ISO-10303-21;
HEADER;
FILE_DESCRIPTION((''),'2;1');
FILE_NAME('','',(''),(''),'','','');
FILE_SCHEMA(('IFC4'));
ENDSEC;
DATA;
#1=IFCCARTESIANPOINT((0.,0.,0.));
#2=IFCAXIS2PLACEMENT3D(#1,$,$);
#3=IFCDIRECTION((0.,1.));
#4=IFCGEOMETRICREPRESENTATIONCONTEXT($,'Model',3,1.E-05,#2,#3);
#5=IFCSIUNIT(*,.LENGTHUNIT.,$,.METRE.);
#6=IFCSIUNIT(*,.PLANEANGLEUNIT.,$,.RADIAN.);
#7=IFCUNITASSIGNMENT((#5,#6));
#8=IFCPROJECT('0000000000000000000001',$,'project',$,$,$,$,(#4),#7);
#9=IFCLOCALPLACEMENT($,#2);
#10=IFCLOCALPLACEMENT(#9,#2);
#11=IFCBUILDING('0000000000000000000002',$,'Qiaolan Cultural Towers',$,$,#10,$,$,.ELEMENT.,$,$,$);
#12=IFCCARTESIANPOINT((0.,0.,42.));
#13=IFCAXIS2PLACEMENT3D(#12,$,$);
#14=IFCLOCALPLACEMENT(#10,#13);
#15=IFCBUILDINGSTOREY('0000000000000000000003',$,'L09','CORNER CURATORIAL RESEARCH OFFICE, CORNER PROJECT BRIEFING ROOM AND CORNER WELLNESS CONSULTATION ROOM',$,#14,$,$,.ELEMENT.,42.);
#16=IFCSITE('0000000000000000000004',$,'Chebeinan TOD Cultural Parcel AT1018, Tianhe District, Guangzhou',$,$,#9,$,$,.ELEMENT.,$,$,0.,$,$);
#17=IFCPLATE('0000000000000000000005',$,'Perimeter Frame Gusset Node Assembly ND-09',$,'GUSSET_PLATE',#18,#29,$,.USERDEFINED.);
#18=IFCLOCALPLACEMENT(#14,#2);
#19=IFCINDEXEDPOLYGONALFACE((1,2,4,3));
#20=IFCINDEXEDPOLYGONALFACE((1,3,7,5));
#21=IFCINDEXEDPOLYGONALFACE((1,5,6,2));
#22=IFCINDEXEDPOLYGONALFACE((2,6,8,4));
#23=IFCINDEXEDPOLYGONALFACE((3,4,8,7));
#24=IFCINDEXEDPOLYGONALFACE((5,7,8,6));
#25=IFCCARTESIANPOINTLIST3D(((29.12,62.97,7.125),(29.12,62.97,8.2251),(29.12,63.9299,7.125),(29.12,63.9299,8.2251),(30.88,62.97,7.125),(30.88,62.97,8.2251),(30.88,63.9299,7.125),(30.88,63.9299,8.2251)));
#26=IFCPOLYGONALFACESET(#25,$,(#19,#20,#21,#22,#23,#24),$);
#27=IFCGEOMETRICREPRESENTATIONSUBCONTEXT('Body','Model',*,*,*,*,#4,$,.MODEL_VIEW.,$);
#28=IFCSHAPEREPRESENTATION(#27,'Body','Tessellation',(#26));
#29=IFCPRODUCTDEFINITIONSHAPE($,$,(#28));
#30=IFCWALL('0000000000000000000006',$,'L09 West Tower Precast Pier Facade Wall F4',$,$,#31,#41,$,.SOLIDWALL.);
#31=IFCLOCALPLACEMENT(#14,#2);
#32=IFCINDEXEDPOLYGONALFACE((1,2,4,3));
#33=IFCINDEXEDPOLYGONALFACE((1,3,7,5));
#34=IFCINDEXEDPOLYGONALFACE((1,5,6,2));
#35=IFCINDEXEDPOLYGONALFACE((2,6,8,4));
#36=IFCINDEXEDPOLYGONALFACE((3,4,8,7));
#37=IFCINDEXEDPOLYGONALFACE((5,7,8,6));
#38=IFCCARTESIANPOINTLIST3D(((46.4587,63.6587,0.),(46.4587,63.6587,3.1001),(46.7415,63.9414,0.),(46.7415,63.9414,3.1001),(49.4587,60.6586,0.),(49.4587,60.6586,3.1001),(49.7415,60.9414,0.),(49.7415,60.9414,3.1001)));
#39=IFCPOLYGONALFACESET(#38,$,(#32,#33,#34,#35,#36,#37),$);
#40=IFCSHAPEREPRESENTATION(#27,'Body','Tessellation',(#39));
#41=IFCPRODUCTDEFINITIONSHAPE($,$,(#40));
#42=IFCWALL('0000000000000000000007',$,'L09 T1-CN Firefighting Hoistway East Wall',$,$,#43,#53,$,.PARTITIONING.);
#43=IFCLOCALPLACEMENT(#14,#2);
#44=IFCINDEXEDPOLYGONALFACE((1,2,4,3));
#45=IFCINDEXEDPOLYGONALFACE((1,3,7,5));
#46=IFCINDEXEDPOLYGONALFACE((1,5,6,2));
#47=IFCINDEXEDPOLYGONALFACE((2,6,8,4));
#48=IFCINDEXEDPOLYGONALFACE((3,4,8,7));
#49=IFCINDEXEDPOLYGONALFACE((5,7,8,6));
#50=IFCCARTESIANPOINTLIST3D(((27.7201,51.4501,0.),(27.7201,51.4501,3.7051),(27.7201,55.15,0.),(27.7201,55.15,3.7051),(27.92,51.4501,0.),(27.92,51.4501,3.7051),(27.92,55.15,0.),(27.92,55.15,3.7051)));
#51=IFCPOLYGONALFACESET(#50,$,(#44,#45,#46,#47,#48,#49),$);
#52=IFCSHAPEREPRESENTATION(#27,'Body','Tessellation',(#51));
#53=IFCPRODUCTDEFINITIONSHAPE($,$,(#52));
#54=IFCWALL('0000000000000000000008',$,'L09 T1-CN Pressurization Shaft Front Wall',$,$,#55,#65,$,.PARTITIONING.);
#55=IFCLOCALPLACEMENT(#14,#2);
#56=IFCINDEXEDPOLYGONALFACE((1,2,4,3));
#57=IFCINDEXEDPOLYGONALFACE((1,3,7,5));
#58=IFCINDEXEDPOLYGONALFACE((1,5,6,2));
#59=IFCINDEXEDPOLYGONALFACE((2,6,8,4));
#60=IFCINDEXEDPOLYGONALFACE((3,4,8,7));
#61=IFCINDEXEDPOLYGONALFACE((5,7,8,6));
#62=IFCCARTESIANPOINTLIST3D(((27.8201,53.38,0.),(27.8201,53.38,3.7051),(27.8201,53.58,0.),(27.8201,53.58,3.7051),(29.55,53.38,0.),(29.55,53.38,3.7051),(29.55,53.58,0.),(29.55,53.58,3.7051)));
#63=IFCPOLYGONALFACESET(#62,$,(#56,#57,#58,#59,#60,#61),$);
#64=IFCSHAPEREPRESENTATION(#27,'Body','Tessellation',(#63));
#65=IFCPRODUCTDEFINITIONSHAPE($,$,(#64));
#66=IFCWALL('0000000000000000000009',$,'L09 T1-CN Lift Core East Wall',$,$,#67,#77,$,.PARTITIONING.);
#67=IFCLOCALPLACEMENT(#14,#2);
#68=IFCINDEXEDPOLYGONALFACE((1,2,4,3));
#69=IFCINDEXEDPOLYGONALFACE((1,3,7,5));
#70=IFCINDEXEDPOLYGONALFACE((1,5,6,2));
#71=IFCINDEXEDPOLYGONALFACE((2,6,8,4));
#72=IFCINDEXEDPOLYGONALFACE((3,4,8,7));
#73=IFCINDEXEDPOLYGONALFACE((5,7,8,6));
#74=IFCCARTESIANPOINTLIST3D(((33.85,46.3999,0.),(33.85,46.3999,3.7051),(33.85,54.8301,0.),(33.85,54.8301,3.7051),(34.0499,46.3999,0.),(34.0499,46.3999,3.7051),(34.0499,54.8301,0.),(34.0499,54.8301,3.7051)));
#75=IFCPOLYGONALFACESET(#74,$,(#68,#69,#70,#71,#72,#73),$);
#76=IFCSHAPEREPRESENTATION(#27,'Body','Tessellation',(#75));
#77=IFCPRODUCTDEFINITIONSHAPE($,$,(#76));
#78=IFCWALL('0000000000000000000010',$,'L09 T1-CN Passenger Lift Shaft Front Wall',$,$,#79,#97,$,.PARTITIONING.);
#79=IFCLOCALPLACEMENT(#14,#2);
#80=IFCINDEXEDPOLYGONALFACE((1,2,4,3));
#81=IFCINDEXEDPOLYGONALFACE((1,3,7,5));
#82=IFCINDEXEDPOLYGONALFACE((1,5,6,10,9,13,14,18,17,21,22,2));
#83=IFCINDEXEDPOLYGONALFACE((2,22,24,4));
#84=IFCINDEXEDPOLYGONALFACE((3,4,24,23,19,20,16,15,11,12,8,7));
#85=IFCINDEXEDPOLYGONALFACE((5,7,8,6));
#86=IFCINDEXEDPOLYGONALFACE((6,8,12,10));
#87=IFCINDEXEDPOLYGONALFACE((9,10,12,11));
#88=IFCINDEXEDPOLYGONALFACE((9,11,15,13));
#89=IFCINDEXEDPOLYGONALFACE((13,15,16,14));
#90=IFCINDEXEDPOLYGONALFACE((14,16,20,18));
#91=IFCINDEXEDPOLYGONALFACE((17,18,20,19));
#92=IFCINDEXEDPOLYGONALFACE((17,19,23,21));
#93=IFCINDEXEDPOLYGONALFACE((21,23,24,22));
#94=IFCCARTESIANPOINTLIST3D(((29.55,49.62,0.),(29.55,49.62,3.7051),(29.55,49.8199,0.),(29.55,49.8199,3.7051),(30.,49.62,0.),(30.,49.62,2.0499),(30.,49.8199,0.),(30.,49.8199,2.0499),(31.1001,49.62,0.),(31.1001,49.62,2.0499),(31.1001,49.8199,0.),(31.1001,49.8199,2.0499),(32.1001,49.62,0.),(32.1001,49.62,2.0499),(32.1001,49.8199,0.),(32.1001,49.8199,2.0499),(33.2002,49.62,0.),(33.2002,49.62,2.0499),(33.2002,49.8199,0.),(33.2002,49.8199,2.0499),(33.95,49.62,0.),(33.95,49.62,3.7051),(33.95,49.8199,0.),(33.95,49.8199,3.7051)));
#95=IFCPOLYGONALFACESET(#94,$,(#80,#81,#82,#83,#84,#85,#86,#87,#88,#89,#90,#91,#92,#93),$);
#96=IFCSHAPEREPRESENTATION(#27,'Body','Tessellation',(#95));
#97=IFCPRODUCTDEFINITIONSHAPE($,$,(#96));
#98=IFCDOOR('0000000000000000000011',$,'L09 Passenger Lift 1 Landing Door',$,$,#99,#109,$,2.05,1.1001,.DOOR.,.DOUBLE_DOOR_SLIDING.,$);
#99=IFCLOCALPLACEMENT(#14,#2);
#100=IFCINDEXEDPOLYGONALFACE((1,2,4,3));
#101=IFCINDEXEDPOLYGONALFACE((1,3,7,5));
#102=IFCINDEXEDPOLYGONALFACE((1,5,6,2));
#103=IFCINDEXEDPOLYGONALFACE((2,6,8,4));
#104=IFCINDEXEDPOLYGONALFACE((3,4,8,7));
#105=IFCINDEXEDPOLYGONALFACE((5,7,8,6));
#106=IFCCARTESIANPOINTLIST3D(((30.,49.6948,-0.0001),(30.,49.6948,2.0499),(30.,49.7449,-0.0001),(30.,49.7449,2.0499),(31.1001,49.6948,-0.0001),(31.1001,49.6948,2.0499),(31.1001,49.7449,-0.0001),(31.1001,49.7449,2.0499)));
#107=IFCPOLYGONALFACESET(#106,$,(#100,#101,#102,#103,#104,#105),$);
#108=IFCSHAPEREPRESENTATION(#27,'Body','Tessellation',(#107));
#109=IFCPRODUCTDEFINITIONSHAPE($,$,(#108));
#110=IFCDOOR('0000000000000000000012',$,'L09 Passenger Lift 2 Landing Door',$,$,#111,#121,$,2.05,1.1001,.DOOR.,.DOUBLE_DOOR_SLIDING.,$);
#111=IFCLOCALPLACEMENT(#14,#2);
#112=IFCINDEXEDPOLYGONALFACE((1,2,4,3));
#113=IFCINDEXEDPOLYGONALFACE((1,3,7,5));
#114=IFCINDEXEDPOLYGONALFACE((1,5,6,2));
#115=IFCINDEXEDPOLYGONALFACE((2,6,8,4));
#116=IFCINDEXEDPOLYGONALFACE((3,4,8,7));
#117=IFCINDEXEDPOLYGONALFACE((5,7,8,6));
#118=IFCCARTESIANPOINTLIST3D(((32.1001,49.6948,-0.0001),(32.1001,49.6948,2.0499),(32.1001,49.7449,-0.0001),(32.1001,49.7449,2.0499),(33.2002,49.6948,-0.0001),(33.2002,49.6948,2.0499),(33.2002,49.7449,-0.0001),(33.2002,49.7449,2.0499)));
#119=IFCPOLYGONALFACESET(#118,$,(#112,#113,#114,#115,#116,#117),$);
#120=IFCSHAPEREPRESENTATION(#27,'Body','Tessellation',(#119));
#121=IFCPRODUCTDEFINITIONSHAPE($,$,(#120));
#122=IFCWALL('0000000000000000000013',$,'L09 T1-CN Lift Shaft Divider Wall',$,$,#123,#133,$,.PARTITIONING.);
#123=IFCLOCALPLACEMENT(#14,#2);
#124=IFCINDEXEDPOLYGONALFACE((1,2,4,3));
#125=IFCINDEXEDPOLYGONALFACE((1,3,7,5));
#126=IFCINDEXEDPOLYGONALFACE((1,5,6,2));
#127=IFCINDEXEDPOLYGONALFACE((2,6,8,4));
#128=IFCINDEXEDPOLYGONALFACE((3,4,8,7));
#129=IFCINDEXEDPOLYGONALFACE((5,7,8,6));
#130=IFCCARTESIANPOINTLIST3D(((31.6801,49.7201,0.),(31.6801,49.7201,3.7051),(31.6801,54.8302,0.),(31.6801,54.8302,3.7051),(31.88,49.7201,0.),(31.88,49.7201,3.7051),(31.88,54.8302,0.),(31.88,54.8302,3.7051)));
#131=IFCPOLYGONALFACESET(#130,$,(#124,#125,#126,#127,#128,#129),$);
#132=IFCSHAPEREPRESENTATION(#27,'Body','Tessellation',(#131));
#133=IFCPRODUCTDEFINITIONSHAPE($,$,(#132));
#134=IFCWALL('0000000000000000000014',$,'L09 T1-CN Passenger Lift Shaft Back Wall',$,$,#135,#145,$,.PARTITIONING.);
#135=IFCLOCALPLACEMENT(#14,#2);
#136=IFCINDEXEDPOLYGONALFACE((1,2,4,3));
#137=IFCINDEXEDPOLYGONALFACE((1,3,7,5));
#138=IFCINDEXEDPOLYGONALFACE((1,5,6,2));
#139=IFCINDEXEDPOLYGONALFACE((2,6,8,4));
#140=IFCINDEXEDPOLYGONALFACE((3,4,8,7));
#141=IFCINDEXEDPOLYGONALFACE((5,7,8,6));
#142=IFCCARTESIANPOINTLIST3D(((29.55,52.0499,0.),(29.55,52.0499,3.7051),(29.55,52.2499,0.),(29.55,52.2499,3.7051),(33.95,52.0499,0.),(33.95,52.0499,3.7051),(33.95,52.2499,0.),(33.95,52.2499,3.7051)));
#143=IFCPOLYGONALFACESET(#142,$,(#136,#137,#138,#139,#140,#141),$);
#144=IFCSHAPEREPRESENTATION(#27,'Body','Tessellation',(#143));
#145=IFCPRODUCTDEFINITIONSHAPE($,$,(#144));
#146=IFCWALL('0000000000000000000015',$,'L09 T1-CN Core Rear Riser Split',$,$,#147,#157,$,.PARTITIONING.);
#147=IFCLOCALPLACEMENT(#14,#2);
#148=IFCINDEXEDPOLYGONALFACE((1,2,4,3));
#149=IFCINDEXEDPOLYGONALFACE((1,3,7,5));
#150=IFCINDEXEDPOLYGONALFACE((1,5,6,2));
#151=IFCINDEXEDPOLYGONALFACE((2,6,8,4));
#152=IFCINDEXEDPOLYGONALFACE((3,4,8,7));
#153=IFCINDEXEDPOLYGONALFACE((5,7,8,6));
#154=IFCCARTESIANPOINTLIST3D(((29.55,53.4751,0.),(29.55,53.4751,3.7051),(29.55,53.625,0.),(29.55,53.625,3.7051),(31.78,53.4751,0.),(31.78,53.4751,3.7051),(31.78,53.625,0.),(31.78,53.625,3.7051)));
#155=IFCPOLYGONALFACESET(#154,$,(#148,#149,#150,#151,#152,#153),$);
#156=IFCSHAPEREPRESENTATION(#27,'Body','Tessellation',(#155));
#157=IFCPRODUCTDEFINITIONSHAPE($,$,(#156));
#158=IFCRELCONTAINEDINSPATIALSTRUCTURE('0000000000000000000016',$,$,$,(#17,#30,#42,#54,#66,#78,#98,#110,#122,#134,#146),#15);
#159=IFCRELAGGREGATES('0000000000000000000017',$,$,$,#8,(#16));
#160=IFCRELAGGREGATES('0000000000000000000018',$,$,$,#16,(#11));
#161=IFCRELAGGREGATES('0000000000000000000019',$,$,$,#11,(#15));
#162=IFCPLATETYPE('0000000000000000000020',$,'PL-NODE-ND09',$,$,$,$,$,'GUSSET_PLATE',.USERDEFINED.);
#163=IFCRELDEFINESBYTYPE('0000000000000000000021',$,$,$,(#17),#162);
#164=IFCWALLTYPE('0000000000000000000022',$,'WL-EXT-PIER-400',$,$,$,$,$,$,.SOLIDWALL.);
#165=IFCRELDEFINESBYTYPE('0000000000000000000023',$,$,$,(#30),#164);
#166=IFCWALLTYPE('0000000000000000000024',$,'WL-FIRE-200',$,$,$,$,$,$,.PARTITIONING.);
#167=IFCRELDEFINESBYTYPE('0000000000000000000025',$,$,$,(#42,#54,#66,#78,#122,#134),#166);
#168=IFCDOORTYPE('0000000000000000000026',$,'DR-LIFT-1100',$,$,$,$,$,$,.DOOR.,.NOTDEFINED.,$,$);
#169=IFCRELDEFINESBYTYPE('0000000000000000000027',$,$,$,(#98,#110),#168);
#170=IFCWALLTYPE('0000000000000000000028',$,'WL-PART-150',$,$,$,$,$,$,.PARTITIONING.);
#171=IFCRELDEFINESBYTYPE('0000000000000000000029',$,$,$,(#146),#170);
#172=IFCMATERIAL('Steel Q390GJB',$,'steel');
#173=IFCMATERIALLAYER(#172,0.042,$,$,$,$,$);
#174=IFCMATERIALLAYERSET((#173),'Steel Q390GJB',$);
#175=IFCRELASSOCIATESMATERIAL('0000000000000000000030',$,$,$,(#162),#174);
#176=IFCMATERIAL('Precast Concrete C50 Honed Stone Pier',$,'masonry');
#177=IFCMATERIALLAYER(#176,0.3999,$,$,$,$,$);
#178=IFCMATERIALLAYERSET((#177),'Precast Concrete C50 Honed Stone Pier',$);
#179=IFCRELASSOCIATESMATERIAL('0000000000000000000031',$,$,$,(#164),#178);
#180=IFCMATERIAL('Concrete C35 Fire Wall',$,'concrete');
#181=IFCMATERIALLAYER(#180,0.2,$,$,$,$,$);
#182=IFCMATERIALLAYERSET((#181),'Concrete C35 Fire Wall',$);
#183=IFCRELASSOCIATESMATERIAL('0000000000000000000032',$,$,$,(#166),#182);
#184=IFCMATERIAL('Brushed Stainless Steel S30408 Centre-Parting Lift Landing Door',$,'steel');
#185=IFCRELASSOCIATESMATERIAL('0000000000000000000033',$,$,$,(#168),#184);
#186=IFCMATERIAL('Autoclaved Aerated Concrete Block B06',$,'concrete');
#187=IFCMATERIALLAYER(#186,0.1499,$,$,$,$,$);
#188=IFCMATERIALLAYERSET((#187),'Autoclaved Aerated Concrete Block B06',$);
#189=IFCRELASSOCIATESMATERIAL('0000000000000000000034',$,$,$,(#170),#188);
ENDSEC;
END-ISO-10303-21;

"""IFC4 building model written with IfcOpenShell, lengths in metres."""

from ifc_helpers import new_model, si_unit, direction, frame, frame_2d, origin, origin_2d, place, context, subcontext, project, spatial, rectangle, extrude, material, layer, layer_set, type_object, element, fill, save


model = new_model("IFC4")

# Units and contexts
model_context = context("Model", 3, precision=1e-05, world=origin(), true_north=direction((0.0, 1.0)))
body_context = subcontext(model_context, "Body", "Model", "MODEL_VIEW")
ifc_project = project(units=[si_unit("LENGTHUNIT", "METRE"), si_unit("PLANEANGLEUNIT", "RADIAN")], contexts=[model_context])

# Site, building, storey
site_placement = place(None, origin())
site = spatial("IfcSite", under=ifc_project, at=site_placement, Name="Chebeinan TOD Cultural Parcel AT1018, Tianhe District, Guangzhou", CompositionType="ELEMENT", RefElevation=0.0)
building_placement = place(site_placement, origin())
building = spatial("IfcBuilding", under=site, at=building_placement, Name="Qiaolan Cultural Towers", CompositionType="ELEMENT")
storey_placement = place(building_placement, frame((0.0, 0.0, 42.0)))
storey = spatial("IfcBuildingStorey", under=building, at=storey_placement, Name="L09", Description="CORNER CURATORIAL RESEARCH OFFICE, CORNER PROJECT BRIEFING ROOM AND CORNER WELLNESS CONSULTATION ROOM", CompositionType="ELEMENT", Elevation=42.0)

# Plate
ifc_material_1 = material(Name="Steel Q390GJB", Category="steel")
ifc_layer_1 = layer(ifc_material_1, 0.042)
ifc_layer_set_1 = layer_set([ifc_layer_1], Name="Steel Q390GJB")
plate_type_1 = type_object("IfcPlateType", Name="PL-NODE-ND09", ElementType="GUSSET_PLATE", PredefinedType="USERDEFINED", material=ifc_layer_set_1)
plate_1_placement = place(storey_placement, frame((30.0, 63.45, 7.125), z_axis=(0.0, 0.0, 1.0), x_axis=(1.0, 0.0, 0.0)))
element("IfcPlate", 1, at=plate_1_placement, inside=storey, type_object=plate_type_1, Name="Perimeter Frame Gusset Node Assembly ND-09", ObjectType="GUSSET_PLATE", PredefinedType="USERDEFINED", context=body_context, shape_type="SweptSolid", body=[
    extrude(rectangle(XDim=1.76, YDim=0.96, at=origin_2d()), origin(), (0.0, 0.0, 1.0), 1.1001),
])

# Walls
ifc_material_2 = material(Name="Precast Concrete C50 Honed Stone Pier", Category="masonry")
ifc_layer_2 = layer(ifc_material_2, 0.3999)
ifc_layer_set_2 = layer_set([ifc_layer_2], Name="Precast Concrete C50 Honed Stone Pier")
wall_type_1 = type_object("IfcWallType", Name="WL-EXT-PIER-400", PredefinedType="SOLIDWALL", material=ifc_layer_set_2)
wall_1_placement = place(storey_placement, frame((46.6001, 63.8, 0.0), z_axis=(0.0, 0.0, 1.0), x_axis=(0.707107, -0.707107, 0.0)))
element("IfcWall", 2, at=wall_1_placement, inside=storey, type_object=wall_type_1, Name="L09 West Tower Precast Pier Facade Wall F4", PredefinedType="SOLIDWALL", context=body_context, shape_type="SweptSolid", body=[
    extrude(rectangle(XDim=4.2427, YDim=0.3999, at=frame_2d((2.1213, 0.0))), origin(), (0.0, 0.0, 1.0), 3.1001),
])
ifc_material_3 = material(Name="Concrete C35 Fire Wall", Category="concrete")
ifc_layer_3 = layer(ifc_material_3, 0.2)
ifc_layer_set_3 = layer_set([ifc_layer_3], Name="Concrete C35 Fire Wall")
wall_type_2 = type_object("IfcWallType", Name="WL-FIRE-200", PredefinedType="PARTITIONING", material=ifc_layer_set_3)
wall_2_placement = place(storey_placement, frame((27.8201, 51.45, 0.0), z_axis=(0.0, 0.0, 1.0), x_axis=(0.0, 1.0, 0.0)))
element("IfcWall", 3, at=wall_2_placement, inside=storey, type_object=wall_type_2, Name="L09 T1-CN Firefighting Hoistway East Wall", PredefinedType="PARTITIONING", context=body_context, shape_type="SweptSolid", body=[
    extrude(rectangle(XDim=3.7, YDim=0.2, at=frame_2d((1.8501, 0.0))), origin(), (0.0, 0.0, 1.0), 3.7051),
])
wall_3_placement = place(storey_placement, frame((27.8201, 53.48, 0.0), z_axis=(0.0, 0.0, 1.0), x_axis=(1.0, 0.0, 0.0)))
element("IfcWall", 4, at=wall_3_placement, inside=storey, type_object=wall_type_2, Name="L09 T1-CN Pressurization Shaft Front Wall", PredefinedType="PARTITIONING", context=body_context, shape_type="SweptSolid", body=[
    extrude(rectangle(XDim=1.73, YDim=0.2, at=frame_2d((0.865, 0.0))), origin(), (0.0, 0.0, 1.0), 3.7051),
])
wall_4_placement = place(storey_placement, frame((33.95, 46.3999, 0.0), z_axis=(0.0, 0.0, 1.0), x_axis=(0.0, 1.0, 0.0)))
element("IfcWall", 5, at=wall_4_placement, inside=storey, type_object=wall_type_2, Name="L09 T1-CN Lift Core East Wall", PredefinedType="PARTITIONING", context=body_context, shape_type="SweptSolid", body=[
    extrude(rectangle(XDim=8.4302, YDim=0.2, at=frame_2d((4.2151, 0.0))), origin(), (0.0, 0.0, 1.0), 3.7051),
])

# Wall, openings, doors
wall_5_placement = place(storey_placement, frame((29.55, 49.72, 0.0), z_axis=(0.0, 0.0, 1.0), x_axis=(1.0, 0.0, 0.0)))
wall_5 = element("IfcWall", 6, at=wall_5_placement, inside=storey, type_object=wall_type_2, Name="L09 T1-CN Passenger Lift Shaft Front Wall", PredefinedType="PARTITIONING", context=body_context, shape_type="SweptSolid", body=[
    extrude(rectangle(XDim=4.3999, YDim=0.2, at=frame_2d((2.2, 0.0))), origin(), (0.0, 0.0, 1.0), 3.7051),
])
opening_1_placement = place(wall_5_placement, frame((0.45, 0.0, 0.0)))
opening_1 = element("IfcOpeningElement", 7, at=opening_1_placement, cuts=wall_5, PredefinedType="OPENING", context=body_context, shape_type="SweptSolid", body=[
    extrude(rectangle(XDim=1.1001, YDim=2.05, at=frame_2d((0.55, 1.0249))), frame((0.0, 0.1099, 0.0), z_axis=(0.0, -1.0, 0.0), x_axis=(1.0, 0.0, 0.0)), (0.0, 0.0, 1.0), 0.22),
])
opening_2_placement = place(wall_5_placement, frame((2.55, 0.0, 0.0)))
opening_2 = element("IfcOpeningElement", 8, at=opening_2_placement, cuts=wall_5, PredefinedType="OPENING", context=body_context, shape_type="SweptSolid", body=[
    extrude(rectangle(XDim=1.1001, YDim=2.05, at=frame_2d((0.55, 1.0249))), frame((0.0, 0.1099, 0.0), z_axis=(0.0, -1.0, 0.0), x_axis=(1.0, 0.0, 0.0)), (0.0, 0.0, 1.0), 0.22),
])
ifc_material_4 = material(Name="Brushed Stainless Steel S30408 Centre-Parting Lift Landing Door", Category="steel")
door_type_1 = type_object("IfcDoorType", Name="DR-LIFT-1100", OperationType="NOTDEFINED", PredefinedType="DOOR", material=ifc_material_4)
door_1_placement = place(opening_1_placement, origin())
door_1 = element("IfcDoor", 9, at=door_1_placement, inside=storey, type_object=door_type_1, Name="L09 Passenger Lift 1 Landing Door", OperationType="DOUBLE_DOOR_SLIDING", OverallHeight=2.05, OverallWidth=1.1001, PredefinedType="DOOR", context=body_context, shape_type="SweptSolid", body=[
    extrude(rectangle(XDim=1.1001, YDim=2.05, at=frame_2d((0.55, 1.0249))), frame((0.0, 0.0249, 0.0), z_axis=(0.0, -1.0, 0.0), x_axis=(1.0, 0.0, 0.0)), (0.0, 0.0, 1.0), 0.05),
])
fill(opening_1, door_1)
door_2_placement = place(opening_2_placement, origin())
door_2 = element("IfcDoor", 10, at=door_2_placement, inside=storey, type_object=door_type_1, Name="L09 Passenger Lift 2 Landing Door", OperationType="DOUBLE_DOOR_SLIDING", OverallHeight=2.05, OverallWidth=1.1001, PredefinedType="DOOR", context=body_context, shape_type="SweptSolid", body=[
    extrude(rectangle(XDim=1.1001, YDim=2.05, at=frame_2d((0.55, 1.0249))), frame((0.0, 0.0249, 0.0), z_axis=(0.0, -1.0, 0.0), x_axis=(1.0, 0.0, 0.0)), (0.0, 0.0, 1.0), 0.05),
])
fill(opening_2, door_2)

# Walls
wall_6_placement = place(storey_placement, frame((31.78, 49.72, 0.0), z_axis=(0.0, 0.0, 1.0), x_axis=(0.0, 1.0, 0.0)))
element("IfcWall", 11, at=wall_6_placement, inside=storey, type_object=wall_type_2, Name="L09 T1-CN Lift Shaft Divider Wall", PredefinedType="PARTITIONING", context=body_context, shape_type="SweptSolid", body=[
    extrude(rectangle(XDim=5.1101, YDim=0.2, at=frame_2d((2.5552, 0.0))), origin(), (0.0, 0.0, 1.0), 3.7051),
])
wall_7_placement = place(storey_placement, frame((29.55, 52.1499, 0.0), z_axis=(0.0, 0.0, 1.0), x_axis=(1.0, 0.0, 0.0)))
element("IfcWall", 12, at=wall_7_placement, inside=storey, type_object=wall_type_2, Name="L09 T1-CN Passenger Lift Shaft Back Wall", PredefinedType="PARTITIONING", context=body_context, shape_type="SweptSolid", body=[
    extrude(rectangle(XDim=4.3999, YDim=0.2, at=frame_2d((2.2, 0.0))), origin(), (0.0, 0.0, 1.0), 3.7051),
])
ifc_material_5 = material(Name="Autoclaved Aerated Concrete Block B06", Category="concrete")
ifc_layer_4 = layer(ifc_material_5, 0.1499)
ifc_layer_set_4 = layer_set([ifc_layer_4], Name="Autoclaved Aerated Concrete Block B06")
wall_type_3 = type_object("IfcWallType", Name="WL-PART-150", PredefinedType="PARTITIONING", material=ifc_layer_set_4)
wall_8_placement = place(storey_placement, frame((29.55, 53.55, 0.0), z_axis=(0.0, 0.0, 1.0), x_axis=(1.0, 0.0, 0.0)))
element("IfcWall", 13, at=wall_8_placement, inside=storey, type_object=wall_type_3, Name="L09 T1-CN Core Rear Riser Split", PredefinedType="PARTITIONING", context=body_context, shape_type="SweptSolid", body=[
    extrude(rectangle(XDim=2.23, YDim=0.1499, at=frame_2d((1.115, 0.0))), origin(), (0.0, 0.0, 1.0), 3.7051),
])

save(model, "model.ifc")
